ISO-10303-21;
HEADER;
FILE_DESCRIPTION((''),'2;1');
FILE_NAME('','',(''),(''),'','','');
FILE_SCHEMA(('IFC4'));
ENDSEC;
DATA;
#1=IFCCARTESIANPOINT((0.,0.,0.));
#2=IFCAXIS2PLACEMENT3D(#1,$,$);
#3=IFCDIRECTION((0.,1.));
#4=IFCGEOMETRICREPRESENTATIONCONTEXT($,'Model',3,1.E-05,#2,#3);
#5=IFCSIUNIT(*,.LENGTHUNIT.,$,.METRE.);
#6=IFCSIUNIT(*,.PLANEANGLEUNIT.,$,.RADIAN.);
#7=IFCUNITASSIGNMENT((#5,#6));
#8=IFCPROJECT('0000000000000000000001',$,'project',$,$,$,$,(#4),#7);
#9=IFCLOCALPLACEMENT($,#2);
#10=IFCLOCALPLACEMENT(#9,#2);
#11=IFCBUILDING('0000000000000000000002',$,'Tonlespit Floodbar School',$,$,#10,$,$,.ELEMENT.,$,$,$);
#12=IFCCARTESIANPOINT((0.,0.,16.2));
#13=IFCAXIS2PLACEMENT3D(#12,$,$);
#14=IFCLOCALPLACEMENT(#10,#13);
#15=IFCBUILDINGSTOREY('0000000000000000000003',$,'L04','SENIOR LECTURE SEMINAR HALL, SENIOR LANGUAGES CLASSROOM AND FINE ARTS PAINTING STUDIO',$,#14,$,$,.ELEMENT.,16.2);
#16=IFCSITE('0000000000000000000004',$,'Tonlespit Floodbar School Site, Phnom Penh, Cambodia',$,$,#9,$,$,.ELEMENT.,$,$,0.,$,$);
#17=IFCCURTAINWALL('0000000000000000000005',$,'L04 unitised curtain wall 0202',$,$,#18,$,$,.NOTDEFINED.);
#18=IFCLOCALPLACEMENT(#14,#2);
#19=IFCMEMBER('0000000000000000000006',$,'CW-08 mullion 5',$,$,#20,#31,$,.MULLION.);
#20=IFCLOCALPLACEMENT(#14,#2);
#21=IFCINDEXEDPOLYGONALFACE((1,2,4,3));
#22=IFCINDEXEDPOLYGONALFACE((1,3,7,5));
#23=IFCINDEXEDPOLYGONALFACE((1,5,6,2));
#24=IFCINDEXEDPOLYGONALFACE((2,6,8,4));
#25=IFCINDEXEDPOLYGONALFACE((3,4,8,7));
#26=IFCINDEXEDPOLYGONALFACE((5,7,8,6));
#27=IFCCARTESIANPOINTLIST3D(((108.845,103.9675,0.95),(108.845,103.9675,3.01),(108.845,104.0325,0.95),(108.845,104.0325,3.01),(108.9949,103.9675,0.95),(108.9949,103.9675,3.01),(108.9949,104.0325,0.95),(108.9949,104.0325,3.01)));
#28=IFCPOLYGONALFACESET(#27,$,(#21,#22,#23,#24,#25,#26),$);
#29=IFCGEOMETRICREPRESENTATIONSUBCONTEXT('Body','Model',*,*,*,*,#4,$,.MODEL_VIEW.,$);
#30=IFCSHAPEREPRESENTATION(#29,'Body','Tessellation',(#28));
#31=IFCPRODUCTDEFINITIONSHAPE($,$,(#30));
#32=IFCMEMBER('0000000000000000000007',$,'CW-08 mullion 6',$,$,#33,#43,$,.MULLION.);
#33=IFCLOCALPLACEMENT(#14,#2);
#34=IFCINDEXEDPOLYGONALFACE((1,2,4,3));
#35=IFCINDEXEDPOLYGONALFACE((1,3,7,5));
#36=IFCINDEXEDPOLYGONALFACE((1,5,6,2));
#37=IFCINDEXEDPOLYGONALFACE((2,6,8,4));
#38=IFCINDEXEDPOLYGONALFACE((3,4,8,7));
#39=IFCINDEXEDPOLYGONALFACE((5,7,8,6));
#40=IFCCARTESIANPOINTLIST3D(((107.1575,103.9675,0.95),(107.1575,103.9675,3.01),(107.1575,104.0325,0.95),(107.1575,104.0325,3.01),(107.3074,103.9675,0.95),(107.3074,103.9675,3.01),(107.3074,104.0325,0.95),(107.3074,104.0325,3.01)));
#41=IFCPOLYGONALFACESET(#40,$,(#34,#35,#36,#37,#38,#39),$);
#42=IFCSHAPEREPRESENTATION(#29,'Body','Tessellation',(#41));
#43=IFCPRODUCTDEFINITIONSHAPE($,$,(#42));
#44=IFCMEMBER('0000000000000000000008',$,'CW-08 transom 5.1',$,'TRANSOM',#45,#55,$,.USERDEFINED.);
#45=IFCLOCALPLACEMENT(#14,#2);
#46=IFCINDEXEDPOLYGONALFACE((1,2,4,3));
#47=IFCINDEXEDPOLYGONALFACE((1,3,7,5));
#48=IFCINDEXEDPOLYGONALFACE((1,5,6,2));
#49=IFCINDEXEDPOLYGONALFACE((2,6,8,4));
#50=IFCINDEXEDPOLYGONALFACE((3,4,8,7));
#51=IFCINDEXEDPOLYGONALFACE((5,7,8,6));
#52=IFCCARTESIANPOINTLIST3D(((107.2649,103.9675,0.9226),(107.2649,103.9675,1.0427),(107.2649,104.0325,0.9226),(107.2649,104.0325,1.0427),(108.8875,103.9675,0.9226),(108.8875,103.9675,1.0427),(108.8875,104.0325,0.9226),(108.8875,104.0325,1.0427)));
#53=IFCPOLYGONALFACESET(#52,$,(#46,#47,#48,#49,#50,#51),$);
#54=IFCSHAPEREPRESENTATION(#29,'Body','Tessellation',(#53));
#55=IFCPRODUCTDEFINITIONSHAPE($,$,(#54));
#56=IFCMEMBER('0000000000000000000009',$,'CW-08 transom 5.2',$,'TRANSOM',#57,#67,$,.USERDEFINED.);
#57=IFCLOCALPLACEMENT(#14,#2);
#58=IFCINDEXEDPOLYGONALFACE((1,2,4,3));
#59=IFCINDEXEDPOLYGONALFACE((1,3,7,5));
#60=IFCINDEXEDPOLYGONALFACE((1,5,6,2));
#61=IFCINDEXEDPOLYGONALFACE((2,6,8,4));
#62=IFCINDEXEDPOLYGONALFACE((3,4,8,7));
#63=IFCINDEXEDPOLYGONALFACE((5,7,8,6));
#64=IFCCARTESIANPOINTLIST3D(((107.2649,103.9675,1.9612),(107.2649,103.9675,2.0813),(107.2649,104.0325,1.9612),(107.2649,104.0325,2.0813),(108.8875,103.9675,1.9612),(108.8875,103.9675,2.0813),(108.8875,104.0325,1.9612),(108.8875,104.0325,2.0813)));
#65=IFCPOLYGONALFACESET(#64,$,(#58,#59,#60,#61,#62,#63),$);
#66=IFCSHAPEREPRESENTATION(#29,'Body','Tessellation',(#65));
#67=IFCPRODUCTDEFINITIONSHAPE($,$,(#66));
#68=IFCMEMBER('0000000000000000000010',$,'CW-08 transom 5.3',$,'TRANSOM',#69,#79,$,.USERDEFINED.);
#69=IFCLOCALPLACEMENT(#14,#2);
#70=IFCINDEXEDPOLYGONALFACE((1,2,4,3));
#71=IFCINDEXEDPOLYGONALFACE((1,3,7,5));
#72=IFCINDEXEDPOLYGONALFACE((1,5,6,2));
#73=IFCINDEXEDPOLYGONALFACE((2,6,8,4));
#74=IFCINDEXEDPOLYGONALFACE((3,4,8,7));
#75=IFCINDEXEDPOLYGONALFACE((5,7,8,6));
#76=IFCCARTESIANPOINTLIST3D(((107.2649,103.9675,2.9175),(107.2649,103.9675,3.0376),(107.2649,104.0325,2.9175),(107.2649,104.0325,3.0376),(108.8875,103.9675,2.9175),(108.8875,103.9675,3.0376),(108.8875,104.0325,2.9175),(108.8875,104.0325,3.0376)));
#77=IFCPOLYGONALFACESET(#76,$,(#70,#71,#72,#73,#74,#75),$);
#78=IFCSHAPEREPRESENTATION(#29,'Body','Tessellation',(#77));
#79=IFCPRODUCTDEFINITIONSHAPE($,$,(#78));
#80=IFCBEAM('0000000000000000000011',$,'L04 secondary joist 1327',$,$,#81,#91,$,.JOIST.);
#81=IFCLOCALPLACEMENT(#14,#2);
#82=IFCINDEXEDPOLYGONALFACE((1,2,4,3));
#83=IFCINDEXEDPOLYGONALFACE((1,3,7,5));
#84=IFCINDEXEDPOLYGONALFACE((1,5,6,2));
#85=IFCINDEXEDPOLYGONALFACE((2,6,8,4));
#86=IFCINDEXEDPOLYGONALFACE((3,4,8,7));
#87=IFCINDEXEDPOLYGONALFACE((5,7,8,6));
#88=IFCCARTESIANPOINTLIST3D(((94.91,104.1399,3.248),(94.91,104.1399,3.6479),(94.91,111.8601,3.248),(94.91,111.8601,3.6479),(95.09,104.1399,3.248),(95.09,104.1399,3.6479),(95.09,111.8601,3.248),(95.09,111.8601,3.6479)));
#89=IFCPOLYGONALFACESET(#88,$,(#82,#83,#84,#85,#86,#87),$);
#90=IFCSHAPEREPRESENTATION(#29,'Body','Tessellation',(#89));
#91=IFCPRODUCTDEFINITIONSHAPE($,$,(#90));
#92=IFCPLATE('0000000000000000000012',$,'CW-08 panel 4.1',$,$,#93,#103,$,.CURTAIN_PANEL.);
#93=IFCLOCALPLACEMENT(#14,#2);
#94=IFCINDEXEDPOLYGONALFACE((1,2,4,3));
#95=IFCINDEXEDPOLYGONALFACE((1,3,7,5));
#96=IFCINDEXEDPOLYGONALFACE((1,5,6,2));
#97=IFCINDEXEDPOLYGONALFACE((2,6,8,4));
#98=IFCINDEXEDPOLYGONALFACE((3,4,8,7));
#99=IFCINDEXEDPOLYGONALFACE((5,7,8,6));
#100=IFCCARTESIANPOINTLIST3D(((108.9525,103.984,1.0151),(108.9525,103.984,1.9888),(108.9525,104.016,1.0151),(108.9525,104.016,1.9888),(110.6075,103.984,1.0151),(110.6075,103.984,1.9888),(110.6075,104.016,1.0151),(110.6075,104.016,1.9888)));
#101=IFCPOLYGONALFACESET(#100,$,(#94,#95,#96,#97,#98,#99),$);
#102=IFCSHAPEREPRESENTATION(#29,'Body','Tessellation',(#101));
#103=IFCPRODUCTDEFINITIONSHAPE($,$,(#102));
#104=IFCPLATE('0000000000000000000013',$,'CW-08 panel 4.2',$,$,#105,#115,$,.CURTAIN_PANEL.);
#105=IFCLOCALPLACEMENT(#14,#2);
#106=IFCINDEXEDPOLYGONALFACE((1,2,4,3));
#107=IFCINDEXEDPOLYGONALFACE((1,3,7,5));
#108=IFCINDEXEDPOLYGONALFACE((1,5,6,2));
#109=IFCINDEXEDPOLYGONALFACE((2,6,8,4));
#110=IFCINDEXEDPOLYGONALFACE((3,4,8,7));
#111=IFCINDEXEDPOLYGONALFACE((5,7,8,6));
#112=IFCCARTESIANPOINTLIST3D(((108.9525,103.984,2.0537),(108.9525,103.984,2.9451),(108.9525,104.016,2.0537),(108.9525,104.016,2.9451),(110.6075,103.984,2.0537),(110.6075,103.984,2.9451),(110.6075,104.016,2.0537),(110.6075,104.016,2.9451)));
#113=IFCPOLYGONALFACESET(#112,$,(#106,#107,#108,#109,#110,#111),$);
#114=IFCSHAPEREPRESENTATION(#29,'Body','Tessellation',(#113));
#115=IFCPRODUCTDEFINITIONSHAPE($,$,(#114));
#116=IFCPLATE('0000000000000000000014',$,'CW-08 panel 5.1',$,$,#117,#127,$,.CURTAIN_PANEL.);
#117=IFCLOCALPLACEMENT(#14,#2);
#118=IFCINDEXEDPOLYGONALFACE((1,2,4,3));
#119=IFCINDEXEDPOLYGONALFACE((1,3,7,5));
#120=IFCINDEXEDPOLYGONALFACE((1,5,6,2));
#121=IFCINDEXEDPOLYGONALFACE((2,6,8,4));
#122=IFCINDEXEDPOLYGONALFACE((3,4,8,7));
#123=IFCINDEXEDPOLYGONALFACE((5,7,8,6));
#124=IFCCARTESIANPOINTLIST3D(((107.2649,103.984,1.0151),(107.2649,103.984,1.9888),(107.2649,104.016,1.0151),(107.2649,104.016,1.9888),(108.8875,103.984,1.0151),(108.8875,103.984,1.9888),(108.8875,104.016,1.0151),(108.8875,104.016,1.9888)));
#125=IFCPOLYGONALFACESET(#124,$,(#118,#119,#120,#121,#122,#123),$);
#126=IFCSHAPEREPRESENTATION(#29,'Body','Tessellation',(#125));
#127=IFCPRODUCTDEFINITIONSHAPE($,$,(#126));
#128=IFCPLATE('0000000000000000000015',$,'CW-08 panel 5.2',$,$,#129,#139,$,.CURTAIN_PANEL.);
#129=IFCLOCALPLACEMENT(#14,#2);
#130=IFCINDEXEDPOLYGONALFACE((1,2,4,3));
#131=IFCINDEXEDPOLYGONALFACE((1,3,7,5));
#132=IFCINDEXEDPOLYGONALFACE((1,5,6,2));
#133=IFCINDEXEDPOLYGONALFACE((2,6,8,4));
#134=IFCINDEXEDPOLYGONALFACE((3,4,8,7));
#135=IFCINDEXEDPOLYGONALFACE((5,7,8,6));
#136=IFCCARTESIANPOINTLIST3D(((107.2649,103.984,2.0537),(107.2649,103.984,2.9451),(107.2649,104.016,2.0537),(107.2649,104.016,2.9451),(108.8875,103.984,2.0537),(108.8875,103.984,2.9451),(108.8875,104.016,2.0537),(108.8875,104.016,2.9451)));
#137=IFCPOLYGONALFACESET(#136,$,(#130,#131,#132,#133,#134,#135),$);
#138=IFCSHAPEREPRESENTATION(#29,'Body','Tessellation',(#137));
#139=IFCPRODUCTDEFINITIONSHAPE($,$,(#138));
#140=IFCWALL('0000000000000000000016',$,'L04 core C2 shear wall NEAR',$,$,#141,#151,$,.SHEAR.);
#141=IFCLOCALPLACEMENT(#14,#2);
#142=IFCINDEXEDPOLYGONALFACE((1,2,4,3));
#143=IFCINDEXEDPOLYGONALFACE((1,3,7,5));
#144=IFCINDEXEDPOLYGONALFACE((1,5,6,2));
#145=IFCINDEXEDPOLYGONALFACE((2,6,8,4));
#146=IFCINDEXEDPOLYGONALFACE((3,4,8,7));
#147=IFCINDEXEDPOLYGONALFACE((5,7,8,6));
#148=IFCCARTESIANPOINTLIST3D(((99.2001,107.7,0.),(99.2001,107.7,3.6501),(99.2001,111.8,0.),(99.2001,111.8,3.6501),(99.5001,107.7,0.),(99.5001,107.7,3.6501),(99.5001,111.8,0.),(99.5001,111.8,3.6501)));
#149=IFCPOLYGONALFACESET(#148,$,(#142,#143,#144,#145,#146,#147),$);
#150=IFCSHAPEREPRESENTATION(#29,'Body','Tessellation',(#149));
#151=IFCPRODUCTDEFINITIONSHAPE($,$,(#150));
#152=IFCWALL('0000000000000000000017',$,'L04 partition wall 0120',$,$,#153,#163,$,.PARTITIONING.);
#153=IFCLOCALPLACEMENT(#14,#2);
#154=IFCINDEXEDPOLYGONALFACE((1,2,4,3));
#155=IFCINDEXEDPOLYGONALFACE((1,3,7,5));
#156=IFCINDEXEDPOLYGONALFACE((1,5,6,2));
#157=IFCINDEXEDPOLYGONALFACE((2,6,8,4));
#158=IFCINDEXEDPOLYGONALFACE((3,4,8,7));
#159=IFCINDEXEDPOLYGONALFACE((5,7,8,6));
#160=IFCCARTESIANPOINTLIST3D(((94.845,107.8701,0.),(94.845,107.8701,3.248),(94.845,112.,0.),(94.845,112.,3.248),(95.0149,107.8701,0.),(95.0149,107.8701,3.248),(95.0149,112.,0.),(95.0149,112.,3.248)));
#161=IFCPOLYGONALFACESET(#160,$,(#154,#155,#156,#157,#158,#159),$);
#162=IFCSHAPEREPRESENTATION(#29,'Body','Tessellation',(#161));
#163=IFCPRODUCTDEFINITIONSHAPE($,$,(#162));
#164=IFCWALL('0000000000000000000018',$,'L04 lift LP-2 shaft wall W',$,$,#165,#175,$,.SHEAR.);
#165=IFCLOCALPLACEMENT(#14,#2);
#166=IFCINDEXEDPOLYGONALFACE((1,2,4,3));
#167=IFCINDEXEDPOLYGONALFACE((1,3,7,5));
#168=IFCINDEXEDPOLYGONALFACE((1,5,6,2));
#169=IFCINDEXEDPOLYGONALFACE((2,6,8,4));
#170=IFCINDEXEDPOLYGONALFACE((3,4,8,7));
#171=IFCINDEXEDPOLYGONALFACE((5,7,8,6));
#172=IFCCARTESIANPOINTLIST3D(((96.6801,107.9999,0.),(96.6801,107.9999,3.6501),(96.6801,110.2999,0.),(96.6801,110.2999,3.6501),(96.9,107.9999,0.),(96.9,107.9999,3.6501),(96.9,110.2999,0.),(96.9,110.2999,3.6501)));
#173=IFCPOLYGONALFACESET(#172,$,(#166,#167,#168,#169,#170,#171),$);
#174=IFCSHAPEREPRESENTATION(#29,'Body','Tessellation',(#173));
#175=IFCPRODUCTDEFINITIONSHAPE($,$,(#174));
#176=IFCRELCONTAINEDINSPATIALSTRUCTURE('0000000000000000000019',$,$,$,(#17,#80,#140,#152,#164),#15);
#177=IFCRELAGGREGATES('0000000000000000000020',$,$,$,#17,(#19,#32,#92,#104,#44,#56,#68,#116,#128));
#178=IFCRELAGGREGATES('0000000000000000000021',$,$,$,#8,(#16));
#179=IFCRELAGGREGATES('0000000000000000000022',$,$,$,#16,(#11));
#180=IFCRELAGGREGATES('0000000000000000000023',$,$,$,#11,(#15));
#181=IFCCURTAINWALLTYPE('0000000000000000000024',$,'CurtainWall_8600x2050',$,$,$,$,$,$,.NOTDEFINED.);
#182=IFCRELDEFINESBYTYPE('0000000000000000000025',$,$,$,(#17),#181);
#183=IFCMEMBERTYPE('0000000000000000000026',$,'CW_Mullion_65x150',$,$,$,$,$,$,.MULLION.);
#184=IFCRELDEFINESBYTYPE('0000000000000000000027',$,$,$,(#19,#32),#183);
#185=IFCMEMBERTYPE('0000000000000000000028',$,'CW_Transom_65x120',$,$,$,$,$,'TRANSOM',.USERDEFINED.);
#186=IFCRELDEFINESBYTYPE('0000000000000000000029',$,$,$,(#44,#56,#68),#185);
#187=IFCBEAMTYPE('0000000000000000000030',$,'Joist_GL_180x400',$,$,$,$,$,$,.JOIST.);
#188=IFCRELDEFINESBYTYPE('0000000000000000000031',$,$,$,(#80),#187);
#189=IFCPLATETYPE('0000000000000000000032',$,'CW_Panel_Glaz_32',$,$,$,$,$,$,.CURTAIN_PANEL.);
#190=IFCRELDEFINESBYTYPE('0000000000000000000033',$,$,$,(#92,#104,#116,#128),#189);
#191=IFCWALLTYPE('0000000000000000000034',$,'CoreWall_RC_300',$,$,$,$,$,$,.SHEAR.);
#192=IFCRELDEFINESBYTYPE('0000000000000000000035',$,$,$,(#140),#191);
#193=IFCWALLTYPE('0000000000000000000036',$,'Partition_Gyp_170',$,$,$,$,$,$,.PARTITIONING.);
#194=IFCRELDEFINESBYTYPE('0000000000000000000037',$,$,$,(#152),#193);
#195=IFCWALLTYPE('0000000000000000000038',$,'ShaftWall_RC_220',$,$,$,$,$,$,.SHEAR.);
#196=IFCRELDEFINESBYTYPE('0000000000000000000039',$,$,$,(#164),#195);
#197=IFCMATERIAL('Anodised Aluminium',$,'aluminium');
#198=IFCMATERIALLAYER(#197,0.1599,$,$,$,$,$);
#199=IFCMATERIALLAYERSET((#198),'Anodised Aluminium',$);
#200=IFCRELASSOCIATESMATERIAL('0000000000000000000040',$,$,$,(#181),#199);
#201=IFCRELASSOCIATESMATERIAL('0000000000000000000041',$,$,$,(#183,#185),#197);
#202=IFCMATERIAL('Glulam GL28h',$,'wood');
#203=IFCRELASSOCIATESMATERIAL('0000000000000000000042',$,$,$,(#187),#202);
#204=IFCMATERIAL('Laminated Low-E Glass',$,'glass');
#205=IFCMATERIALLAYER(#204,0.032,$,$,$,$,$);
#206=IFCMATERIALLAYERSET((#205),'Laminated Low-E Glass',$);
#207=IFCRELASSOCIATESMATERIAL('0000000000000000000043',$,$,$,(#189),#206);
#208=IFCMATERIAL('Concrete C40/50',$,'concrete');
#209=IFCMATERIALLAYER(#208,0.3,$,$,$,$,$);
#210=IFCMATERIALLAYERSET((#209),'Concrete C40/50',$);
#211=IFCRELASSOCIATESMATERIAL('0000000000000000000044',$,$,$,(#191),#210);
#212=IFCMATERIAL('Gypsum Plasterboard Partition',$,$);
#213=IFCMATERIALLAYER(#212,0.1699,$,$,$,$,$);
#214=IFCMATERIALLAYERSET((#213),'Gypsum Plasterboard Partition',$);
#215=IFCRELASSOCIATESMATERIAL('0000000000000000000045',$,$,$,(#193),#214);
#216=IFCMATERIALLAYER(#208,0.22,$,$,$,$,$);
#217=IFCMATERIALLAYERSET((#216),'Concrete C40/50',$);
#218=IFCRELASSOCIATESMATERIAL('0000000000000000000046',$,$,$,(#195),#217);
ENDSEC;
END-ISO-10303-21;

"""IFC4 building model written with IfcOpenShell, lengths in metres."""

from ifc_helpers import new_model, si_unit, direction, frame, frame_2d, origin, origin_2d, place, context, subcontext, project, spatial, rectangle, extrude, material, layer, layer_set, material_profile, profile_set, type_object, element, aggregate, save


model = new_model("IFC4")

# Units and contexts
model_context = context("Model", 3, precision=1e-05, world=origin(), true_north=direction((0.0, 1.0)))
body_context = subcontext(model_context, "Body", "Model", "MODEL_VIEW")
ifc_project = project(units=[si_unit("LENGTHUNIT", "METRE"), si_unit("PLANEANGLEUNIT", "RADIAN")], contexts=[model_context])

# Site, building, storey
site_placement = place(None, origin())
site = spatial("IfcSite", under=ifc_project, at=site_placement, Name="Tonlespit Floodbar School Site, Phnom Penh, Cambodia", CompositionType="ELEMENT", RefElevation=0.0)
building_placement = place(site_placement, origin())
building = spatial("IfcBuilding", under=site, at=building_placement, Name="Tonlespit Floodbar School", CompositionType="ELEMENT")
storey_placement = place(building_placement, frame((0.0, 0.0, 16.2)))
storey = spatial("IfcBuildingStorey", under=building, at=storey_placement, Name="L04", Description="SENIOR LECTURE SEMINAR HALL, SENIOR LANGUAGES CLASSROOM AND FINE ARTS PAINTING STUDIO", CompositionType="ELEMENT", Elevation=16.2)

# Curtain wall, members
ifc_material_1 = material(Name="Anodised Aluminium", Category="aluminium")
ifc_layer_1 = layer(ifc_material_1, 0.1599)
ifc_layer_set_1 = layer_set([ifc_layer_1], Name="Anodised Aluminium")
curtain_wall_type = type_object("IfcCurtainWallType", Name="CurtainWall_8600x2050", PredefinedType="NOTDEFINED", material=ifc_layer_set_1)
curtain_wall_placement = place(storey_placement, origin())
curtain_wall = element("IfcCurtainWall", 1, at=curtain_wall_placement, inside=storey, type_object=curtain_wall_type, Name="L04 unitised curtain wall 0202", PredefinedType="NOTDEFINED")
ifc_material_profile_1 = material_profile(ifc_material_1, rectangle(XDim=0.0649, YDim=0.1499, at=origin_2d()), Name="ALU M65x150")
ifc_profile_set_1 = profile_set([ifc_material_profile_1], Name="Anodised Aluminium")
member_type_1 = type_object("IfcMemberType", Name="CW_Mullion_65x150", PredefinedType="MULLION", material=ifc_profile_set_1)
member_1_placement = place(storey_placement, frame((108.9199, 104.0, 0.95), z_axis=(0.0, 0.0, 1.0), x_axis=(0.0, -1.0, 0.0)))
member_1 = element("IfcMember", 2, at=member_1_placement, type_object=member_type_1, Name="CW-08 mullion 5", PredefinedType="MULLION", context=body_context, shape_type="SweptSolid", body=[
    extrude(rectangle(XDim=0.0649, YDim=0.1499, at=origin_2d()), origin(), (0.0, 0.0, 1.0), 2.0601),
])
member_2_placement = place(storey_placement, frame((107.2324, 104.0, 0.95), z_axis=(0.0, 0.0, 1.0), x_axis=(0.0, -1.0, 0.0)))
member_2 = element("IfcMember", 3, at=member_2_placement, type_object=member_type_1, Name="CW-08 mullion 6", PredefinedType="MULLION", context=body_context, shape_type="SweptSolid", body=[
    extrude(rectangle(XDim=0.0649, YDim=0.1499, at=origin_2d()), origin(), (0.0, 0.0, 1.0), 2.0601),
])
ifc_material_profile_2 = material_profile(ifc_material_1, rectangle(XDim=0.0649, YDim=0.1201, at=origin_2d()), Name="ALU T65x120")
ifc_profile_set_2 = profile_set([ifc_material_profile_2], Name="Anodised Aluminium")
member_type_2 = type_object("IfcMemberType", Name="CW_Transom_65x120", ElementType="TRANSOM", PredefinedType="USERDEFINED", material=ifc_profile_set_2)
member_3_placement = place(storey_placement, frame((108.8875, 104.0, 0.9827), z_axis=(-1.0, 0.0, 0.0), x_axis=(0.0, -1.0, 0.0)))
member_3 = element("IfcMember", 4, at=member_3_placement, type_object=member_type_2, Name="CW-08 transom 5.1", ObjectType="TRANSOM", PredefinedType="USERDEFINED", context=body_context, shape_type="SweptSolid", body=[
    extrude(rectangle(XDim=0.0649, YDim=0.1201, at=origin_2d()), origin(), (0.0, 0.0, 1.0), 1.6226),
])
member_4_placement = place(storey_placement, frame((108.8875, 104.0, 2.0212), z_axis=(-1.0, 0.0, 0.0), x_axis=(0.0, -1.0, 0.0)))
member_4 = element("IfcMember", 5, at=member_4_placement, type_object=member_type_2, Name="CW-08 transom 5.2", ObjectType="TRANSOM", PredefinedType="USERDEFINED", context=body_context, shape_type="SweptSolid", body=[
    extrude(rectangle(XDim=0.0649, YDim=0.1201, at=origin_2d()), origin(), (0.0, 0.0, 1.0), 1.6226),
])
member_5_placement = place(storey_placement, frame((108.8875, 104.0, 2.9775), z_axis=(-1.0, 0.0, 0.0), x_axis=(0.0, -1.0, 0.0)))
member_5 = element("IfcMember", 6, at=member_5_placement, type_object=member_type_2, Name="CW-08 transom 5.3", ObjectType="TRANSOM", PredefinedType="USERDEFINED", context=body_context, shape_type="SweptSolid", body=[
    extrude(rectangle(XDim=0.0649, YDim=0.1201, at=origin_2d()), origin(), (0.0, 0.0, 1.0), 1.6226),
])

# Beam
ifc_material_2 = material(Name="Glulam GL28h", Category="wood")
ifc_material_profile_3 = material_profile(ifc_material_2, rectangle(XDim=0.1799, YDim=0.3999, at=origin_2d()), Name="GL 180x400")
ifc_profile_set_3 = profile_set([ifc_material_profile_3], Name="Glulam GL28h")
beam_type = type_object("IfcBeamType", Name="Joist_GL_180x400", PredefinedType="JOIST", material=ifc_profile_set_3)
beam_placement = place(storey_placement, frame((95.0, 104.1399, 3.448), z_axis=(0.0, 1.0, 0.0), x_axis=(-1.0, 0.0, 0.0)))
element("IfcBeam", 7, at=beam_placement, inside=storey, type_object=beam_type, Name="L04 secondary joist 1327", PredefinedType="JOIST", context=body_context, shape_type="SweptSolid", body=[
    extrude(rectangle(XDim=0.1799, YDim=0.3999, at=origin_2d()), origin(), (0.0, 0.0, 1.0), 7.7202),
])

# Plates
ifc_material_3 = material(Name="Laminated Low-E Glass", Category="glass")
ifc_layer_2 = layer(ifc_material_3, 0.032)
ifc_layer_set_2 = layer_set([ifc_layer_2], Name="Laminated Low-E Glass")
plate_type = type_object("IfcPlateType", Name="CW_Panel_Glaz_32", PredefinedType="CURTAIN_PANEL", material=ifc_layer_set_2)
plate_1_placement = place(storey_placement, frame((109.78, 104.0, 1.0151), z_axis=(0.0, 0.0, 1.0), x_axis=(-1.0, 0.0, 0.0)))
plate_1 = element("IfcPlate", 8, at=plate_1_placement, type_object=plate_type, Name="CW-08 panel 4.1", PredefinedType="CURTAIN_PANEL", context=body_context, shape_type="SweptSolid", body=[
    extrude(rectangle(XDim=1.655, YDim=0.032, at=origin_2d()), origin(), (0.0, 0.0, 1.0), 0.9736),
])
plate_2_placement = place(storey_placement, frame((109.78, 104.0, 2.0537), z_axis=(0.0, 0.0, 1.0), x_axis=(-1.0, 0.0, 0.0)))
plate_2 = element("IfcPlate", 9, at=plate_2_placement, type_object=plate_type, Name="CW-08 panel 4.2", PredefinedType="CURTAIN_PANEL", context=body_context, shape_type="SweptSolid", body=[
    extrude(rectangle(XDim=1.655, YDim=0.032, at=origin_2d()), origin(), (0.0, 0.0, 1.0), 0.8914),
])
plate_3_placement = place(storey_placement, frame((108.0762, 104.0, 1.0151), z_axis=(0.0, 0.0, 1.0), x_axis=(-1.0, 0.0, 0.0)))
plate_3 = element("IfcPlate", 10, at=plate_3_placement, type_object=plate_type, Name="CW-08 panel 5.1", PredefinedType="CURTAIN_PANEL", context=body_context, shape_type="SweptSolid", body=[
    extrude(rectangle(XDim=1.6226, YDim=0.032, at=origin_2d()), origin(), (0.0, 0.0, 1.0), 0.9736),
])
plate_4_placement = place(storey_placement, frame((108.0762, 104.0, 2.0537), z_axis=(0.0, 0.0, 1.0), x_axis=(-1.0, 0.0, 0.0)))
plate_4 = element("IfcPlate", 11, at=plate_4_placement, type_object=plate_type, Name="CW-08 panel 5.2", PredefinedType="CURTAIN_PANEL", context=body_context, shape_type="SweptSolid", body=[
    extrude(rectangle(XDim=1.6226, YDim=0.032, at=origin_2d()), origin(), (0.0, 0.0, 1.0), 0.8914),
])
aggregate(curtain_wall, [member_1, member_2, plate_1, plate_2, member_3, member_4, member_5, plate_3, plate_4])

# Wall
ifc_material_4 = material(Name="Concrete C40/50", Category="concrete")
ifc_layer_3 = layer(ifc_material_4, 0.3)
ifc_layer_set_3 = layer_set([ifc_layer_3], Name="Concrete C40/50")
wall_type_1 = type_object("IfcWallType", Name="CoreWall_RC_300", PredefinedType="SHEAR", material=ifc_layer_set_3)
wall_1_placement = place(storey_placement, frame((99.3501, 107.7, 0.0), z_axis=(0.0, 0.0, 1.0), x_axis=(0.0, 1.0, 0.0)))
element("IfcWall", 12, at=wall_1_placement, inside=storey, type_object=wall_type_1, Name="L04 core C2 shear wall NEAR", PredefinedType="SHEAR", context=body_context, shape_type="SweptSolid", body=[
    extrude(rectangle(XDim=4.1001, YDim=0.3, at=frame_2d((2.05, 0.0))), origin(), (0.0, 0.0, 1.0), 3.6501),
])

# Wall
ifc_material_5 = material(Name="Gypsum Plasterboard Partition")
ifc_layer_4 = layer(ifc_material_5, 0.1699)
ifc_layer_set_4 = layer_set([ifc_layer_4], Name="Gypsum Plasterboard Partition")
wall_type_2 = type_object("IfcWallType", Name="Partition_Gyp_170", PredefinedType="PARTITIONING", material=ifc_layer_set_4)
wall_2_placement = place(storey_placement, frame((94.9299, 107.8701, 0.0), z_axis=(0.0, 0.0, 1.0), x_axis=(0.0, 1.0, 0.0)))
element("IfcWall", 13, at=wall_2_placement, inside=storey, type_object=wall_type_2, Name="L04 partition wall 0120", PredefinedType="PARTITIONING", context=body_context, shape_type="SweptSolid", body=[
    extrude(rectangle(XDim=4.1299, YDim=0.1699, at=frame_2d((2.0649, 0.0))), origin(), (0.0, 0.0, 1.0), 3.248),
])

# Shared definitions
ifc_layer_5 = layer(ifc_material_4, 0.22)
ifc_layer_set_5 = layer_set([ifc_layer_5], Name="Concrete C40/50")
wall_type_3 = type_object("IfcWallType", Name="ShaftWall_RC_220", PredefinedType="SHEAR", material=ifc_layer_set_5)

# Wall
wall_3_placement = place(storey_placement, frame((96.79, 108.0, 0.0), z_axis=(0.0, 0.0, 1.0), x_axis=(0.0, 1.0, 0.0)))
element("IfcWall", 14, at=wall_3_placement, inside=storey, type_object=wall_type_3, Name="L04 lift LP-2 shaft wall W", PredefinedType="SHEAR", context=body_context, shape_type="SweptSolid", body=[
    extrude(rectangle(XDim=2.3, YDim=0.22, at=frame_2d((1.1499, 0.0))), origin(), (0.0, 0.0, 1.0), 3.6501),
])

save(model, "model.ifc")
